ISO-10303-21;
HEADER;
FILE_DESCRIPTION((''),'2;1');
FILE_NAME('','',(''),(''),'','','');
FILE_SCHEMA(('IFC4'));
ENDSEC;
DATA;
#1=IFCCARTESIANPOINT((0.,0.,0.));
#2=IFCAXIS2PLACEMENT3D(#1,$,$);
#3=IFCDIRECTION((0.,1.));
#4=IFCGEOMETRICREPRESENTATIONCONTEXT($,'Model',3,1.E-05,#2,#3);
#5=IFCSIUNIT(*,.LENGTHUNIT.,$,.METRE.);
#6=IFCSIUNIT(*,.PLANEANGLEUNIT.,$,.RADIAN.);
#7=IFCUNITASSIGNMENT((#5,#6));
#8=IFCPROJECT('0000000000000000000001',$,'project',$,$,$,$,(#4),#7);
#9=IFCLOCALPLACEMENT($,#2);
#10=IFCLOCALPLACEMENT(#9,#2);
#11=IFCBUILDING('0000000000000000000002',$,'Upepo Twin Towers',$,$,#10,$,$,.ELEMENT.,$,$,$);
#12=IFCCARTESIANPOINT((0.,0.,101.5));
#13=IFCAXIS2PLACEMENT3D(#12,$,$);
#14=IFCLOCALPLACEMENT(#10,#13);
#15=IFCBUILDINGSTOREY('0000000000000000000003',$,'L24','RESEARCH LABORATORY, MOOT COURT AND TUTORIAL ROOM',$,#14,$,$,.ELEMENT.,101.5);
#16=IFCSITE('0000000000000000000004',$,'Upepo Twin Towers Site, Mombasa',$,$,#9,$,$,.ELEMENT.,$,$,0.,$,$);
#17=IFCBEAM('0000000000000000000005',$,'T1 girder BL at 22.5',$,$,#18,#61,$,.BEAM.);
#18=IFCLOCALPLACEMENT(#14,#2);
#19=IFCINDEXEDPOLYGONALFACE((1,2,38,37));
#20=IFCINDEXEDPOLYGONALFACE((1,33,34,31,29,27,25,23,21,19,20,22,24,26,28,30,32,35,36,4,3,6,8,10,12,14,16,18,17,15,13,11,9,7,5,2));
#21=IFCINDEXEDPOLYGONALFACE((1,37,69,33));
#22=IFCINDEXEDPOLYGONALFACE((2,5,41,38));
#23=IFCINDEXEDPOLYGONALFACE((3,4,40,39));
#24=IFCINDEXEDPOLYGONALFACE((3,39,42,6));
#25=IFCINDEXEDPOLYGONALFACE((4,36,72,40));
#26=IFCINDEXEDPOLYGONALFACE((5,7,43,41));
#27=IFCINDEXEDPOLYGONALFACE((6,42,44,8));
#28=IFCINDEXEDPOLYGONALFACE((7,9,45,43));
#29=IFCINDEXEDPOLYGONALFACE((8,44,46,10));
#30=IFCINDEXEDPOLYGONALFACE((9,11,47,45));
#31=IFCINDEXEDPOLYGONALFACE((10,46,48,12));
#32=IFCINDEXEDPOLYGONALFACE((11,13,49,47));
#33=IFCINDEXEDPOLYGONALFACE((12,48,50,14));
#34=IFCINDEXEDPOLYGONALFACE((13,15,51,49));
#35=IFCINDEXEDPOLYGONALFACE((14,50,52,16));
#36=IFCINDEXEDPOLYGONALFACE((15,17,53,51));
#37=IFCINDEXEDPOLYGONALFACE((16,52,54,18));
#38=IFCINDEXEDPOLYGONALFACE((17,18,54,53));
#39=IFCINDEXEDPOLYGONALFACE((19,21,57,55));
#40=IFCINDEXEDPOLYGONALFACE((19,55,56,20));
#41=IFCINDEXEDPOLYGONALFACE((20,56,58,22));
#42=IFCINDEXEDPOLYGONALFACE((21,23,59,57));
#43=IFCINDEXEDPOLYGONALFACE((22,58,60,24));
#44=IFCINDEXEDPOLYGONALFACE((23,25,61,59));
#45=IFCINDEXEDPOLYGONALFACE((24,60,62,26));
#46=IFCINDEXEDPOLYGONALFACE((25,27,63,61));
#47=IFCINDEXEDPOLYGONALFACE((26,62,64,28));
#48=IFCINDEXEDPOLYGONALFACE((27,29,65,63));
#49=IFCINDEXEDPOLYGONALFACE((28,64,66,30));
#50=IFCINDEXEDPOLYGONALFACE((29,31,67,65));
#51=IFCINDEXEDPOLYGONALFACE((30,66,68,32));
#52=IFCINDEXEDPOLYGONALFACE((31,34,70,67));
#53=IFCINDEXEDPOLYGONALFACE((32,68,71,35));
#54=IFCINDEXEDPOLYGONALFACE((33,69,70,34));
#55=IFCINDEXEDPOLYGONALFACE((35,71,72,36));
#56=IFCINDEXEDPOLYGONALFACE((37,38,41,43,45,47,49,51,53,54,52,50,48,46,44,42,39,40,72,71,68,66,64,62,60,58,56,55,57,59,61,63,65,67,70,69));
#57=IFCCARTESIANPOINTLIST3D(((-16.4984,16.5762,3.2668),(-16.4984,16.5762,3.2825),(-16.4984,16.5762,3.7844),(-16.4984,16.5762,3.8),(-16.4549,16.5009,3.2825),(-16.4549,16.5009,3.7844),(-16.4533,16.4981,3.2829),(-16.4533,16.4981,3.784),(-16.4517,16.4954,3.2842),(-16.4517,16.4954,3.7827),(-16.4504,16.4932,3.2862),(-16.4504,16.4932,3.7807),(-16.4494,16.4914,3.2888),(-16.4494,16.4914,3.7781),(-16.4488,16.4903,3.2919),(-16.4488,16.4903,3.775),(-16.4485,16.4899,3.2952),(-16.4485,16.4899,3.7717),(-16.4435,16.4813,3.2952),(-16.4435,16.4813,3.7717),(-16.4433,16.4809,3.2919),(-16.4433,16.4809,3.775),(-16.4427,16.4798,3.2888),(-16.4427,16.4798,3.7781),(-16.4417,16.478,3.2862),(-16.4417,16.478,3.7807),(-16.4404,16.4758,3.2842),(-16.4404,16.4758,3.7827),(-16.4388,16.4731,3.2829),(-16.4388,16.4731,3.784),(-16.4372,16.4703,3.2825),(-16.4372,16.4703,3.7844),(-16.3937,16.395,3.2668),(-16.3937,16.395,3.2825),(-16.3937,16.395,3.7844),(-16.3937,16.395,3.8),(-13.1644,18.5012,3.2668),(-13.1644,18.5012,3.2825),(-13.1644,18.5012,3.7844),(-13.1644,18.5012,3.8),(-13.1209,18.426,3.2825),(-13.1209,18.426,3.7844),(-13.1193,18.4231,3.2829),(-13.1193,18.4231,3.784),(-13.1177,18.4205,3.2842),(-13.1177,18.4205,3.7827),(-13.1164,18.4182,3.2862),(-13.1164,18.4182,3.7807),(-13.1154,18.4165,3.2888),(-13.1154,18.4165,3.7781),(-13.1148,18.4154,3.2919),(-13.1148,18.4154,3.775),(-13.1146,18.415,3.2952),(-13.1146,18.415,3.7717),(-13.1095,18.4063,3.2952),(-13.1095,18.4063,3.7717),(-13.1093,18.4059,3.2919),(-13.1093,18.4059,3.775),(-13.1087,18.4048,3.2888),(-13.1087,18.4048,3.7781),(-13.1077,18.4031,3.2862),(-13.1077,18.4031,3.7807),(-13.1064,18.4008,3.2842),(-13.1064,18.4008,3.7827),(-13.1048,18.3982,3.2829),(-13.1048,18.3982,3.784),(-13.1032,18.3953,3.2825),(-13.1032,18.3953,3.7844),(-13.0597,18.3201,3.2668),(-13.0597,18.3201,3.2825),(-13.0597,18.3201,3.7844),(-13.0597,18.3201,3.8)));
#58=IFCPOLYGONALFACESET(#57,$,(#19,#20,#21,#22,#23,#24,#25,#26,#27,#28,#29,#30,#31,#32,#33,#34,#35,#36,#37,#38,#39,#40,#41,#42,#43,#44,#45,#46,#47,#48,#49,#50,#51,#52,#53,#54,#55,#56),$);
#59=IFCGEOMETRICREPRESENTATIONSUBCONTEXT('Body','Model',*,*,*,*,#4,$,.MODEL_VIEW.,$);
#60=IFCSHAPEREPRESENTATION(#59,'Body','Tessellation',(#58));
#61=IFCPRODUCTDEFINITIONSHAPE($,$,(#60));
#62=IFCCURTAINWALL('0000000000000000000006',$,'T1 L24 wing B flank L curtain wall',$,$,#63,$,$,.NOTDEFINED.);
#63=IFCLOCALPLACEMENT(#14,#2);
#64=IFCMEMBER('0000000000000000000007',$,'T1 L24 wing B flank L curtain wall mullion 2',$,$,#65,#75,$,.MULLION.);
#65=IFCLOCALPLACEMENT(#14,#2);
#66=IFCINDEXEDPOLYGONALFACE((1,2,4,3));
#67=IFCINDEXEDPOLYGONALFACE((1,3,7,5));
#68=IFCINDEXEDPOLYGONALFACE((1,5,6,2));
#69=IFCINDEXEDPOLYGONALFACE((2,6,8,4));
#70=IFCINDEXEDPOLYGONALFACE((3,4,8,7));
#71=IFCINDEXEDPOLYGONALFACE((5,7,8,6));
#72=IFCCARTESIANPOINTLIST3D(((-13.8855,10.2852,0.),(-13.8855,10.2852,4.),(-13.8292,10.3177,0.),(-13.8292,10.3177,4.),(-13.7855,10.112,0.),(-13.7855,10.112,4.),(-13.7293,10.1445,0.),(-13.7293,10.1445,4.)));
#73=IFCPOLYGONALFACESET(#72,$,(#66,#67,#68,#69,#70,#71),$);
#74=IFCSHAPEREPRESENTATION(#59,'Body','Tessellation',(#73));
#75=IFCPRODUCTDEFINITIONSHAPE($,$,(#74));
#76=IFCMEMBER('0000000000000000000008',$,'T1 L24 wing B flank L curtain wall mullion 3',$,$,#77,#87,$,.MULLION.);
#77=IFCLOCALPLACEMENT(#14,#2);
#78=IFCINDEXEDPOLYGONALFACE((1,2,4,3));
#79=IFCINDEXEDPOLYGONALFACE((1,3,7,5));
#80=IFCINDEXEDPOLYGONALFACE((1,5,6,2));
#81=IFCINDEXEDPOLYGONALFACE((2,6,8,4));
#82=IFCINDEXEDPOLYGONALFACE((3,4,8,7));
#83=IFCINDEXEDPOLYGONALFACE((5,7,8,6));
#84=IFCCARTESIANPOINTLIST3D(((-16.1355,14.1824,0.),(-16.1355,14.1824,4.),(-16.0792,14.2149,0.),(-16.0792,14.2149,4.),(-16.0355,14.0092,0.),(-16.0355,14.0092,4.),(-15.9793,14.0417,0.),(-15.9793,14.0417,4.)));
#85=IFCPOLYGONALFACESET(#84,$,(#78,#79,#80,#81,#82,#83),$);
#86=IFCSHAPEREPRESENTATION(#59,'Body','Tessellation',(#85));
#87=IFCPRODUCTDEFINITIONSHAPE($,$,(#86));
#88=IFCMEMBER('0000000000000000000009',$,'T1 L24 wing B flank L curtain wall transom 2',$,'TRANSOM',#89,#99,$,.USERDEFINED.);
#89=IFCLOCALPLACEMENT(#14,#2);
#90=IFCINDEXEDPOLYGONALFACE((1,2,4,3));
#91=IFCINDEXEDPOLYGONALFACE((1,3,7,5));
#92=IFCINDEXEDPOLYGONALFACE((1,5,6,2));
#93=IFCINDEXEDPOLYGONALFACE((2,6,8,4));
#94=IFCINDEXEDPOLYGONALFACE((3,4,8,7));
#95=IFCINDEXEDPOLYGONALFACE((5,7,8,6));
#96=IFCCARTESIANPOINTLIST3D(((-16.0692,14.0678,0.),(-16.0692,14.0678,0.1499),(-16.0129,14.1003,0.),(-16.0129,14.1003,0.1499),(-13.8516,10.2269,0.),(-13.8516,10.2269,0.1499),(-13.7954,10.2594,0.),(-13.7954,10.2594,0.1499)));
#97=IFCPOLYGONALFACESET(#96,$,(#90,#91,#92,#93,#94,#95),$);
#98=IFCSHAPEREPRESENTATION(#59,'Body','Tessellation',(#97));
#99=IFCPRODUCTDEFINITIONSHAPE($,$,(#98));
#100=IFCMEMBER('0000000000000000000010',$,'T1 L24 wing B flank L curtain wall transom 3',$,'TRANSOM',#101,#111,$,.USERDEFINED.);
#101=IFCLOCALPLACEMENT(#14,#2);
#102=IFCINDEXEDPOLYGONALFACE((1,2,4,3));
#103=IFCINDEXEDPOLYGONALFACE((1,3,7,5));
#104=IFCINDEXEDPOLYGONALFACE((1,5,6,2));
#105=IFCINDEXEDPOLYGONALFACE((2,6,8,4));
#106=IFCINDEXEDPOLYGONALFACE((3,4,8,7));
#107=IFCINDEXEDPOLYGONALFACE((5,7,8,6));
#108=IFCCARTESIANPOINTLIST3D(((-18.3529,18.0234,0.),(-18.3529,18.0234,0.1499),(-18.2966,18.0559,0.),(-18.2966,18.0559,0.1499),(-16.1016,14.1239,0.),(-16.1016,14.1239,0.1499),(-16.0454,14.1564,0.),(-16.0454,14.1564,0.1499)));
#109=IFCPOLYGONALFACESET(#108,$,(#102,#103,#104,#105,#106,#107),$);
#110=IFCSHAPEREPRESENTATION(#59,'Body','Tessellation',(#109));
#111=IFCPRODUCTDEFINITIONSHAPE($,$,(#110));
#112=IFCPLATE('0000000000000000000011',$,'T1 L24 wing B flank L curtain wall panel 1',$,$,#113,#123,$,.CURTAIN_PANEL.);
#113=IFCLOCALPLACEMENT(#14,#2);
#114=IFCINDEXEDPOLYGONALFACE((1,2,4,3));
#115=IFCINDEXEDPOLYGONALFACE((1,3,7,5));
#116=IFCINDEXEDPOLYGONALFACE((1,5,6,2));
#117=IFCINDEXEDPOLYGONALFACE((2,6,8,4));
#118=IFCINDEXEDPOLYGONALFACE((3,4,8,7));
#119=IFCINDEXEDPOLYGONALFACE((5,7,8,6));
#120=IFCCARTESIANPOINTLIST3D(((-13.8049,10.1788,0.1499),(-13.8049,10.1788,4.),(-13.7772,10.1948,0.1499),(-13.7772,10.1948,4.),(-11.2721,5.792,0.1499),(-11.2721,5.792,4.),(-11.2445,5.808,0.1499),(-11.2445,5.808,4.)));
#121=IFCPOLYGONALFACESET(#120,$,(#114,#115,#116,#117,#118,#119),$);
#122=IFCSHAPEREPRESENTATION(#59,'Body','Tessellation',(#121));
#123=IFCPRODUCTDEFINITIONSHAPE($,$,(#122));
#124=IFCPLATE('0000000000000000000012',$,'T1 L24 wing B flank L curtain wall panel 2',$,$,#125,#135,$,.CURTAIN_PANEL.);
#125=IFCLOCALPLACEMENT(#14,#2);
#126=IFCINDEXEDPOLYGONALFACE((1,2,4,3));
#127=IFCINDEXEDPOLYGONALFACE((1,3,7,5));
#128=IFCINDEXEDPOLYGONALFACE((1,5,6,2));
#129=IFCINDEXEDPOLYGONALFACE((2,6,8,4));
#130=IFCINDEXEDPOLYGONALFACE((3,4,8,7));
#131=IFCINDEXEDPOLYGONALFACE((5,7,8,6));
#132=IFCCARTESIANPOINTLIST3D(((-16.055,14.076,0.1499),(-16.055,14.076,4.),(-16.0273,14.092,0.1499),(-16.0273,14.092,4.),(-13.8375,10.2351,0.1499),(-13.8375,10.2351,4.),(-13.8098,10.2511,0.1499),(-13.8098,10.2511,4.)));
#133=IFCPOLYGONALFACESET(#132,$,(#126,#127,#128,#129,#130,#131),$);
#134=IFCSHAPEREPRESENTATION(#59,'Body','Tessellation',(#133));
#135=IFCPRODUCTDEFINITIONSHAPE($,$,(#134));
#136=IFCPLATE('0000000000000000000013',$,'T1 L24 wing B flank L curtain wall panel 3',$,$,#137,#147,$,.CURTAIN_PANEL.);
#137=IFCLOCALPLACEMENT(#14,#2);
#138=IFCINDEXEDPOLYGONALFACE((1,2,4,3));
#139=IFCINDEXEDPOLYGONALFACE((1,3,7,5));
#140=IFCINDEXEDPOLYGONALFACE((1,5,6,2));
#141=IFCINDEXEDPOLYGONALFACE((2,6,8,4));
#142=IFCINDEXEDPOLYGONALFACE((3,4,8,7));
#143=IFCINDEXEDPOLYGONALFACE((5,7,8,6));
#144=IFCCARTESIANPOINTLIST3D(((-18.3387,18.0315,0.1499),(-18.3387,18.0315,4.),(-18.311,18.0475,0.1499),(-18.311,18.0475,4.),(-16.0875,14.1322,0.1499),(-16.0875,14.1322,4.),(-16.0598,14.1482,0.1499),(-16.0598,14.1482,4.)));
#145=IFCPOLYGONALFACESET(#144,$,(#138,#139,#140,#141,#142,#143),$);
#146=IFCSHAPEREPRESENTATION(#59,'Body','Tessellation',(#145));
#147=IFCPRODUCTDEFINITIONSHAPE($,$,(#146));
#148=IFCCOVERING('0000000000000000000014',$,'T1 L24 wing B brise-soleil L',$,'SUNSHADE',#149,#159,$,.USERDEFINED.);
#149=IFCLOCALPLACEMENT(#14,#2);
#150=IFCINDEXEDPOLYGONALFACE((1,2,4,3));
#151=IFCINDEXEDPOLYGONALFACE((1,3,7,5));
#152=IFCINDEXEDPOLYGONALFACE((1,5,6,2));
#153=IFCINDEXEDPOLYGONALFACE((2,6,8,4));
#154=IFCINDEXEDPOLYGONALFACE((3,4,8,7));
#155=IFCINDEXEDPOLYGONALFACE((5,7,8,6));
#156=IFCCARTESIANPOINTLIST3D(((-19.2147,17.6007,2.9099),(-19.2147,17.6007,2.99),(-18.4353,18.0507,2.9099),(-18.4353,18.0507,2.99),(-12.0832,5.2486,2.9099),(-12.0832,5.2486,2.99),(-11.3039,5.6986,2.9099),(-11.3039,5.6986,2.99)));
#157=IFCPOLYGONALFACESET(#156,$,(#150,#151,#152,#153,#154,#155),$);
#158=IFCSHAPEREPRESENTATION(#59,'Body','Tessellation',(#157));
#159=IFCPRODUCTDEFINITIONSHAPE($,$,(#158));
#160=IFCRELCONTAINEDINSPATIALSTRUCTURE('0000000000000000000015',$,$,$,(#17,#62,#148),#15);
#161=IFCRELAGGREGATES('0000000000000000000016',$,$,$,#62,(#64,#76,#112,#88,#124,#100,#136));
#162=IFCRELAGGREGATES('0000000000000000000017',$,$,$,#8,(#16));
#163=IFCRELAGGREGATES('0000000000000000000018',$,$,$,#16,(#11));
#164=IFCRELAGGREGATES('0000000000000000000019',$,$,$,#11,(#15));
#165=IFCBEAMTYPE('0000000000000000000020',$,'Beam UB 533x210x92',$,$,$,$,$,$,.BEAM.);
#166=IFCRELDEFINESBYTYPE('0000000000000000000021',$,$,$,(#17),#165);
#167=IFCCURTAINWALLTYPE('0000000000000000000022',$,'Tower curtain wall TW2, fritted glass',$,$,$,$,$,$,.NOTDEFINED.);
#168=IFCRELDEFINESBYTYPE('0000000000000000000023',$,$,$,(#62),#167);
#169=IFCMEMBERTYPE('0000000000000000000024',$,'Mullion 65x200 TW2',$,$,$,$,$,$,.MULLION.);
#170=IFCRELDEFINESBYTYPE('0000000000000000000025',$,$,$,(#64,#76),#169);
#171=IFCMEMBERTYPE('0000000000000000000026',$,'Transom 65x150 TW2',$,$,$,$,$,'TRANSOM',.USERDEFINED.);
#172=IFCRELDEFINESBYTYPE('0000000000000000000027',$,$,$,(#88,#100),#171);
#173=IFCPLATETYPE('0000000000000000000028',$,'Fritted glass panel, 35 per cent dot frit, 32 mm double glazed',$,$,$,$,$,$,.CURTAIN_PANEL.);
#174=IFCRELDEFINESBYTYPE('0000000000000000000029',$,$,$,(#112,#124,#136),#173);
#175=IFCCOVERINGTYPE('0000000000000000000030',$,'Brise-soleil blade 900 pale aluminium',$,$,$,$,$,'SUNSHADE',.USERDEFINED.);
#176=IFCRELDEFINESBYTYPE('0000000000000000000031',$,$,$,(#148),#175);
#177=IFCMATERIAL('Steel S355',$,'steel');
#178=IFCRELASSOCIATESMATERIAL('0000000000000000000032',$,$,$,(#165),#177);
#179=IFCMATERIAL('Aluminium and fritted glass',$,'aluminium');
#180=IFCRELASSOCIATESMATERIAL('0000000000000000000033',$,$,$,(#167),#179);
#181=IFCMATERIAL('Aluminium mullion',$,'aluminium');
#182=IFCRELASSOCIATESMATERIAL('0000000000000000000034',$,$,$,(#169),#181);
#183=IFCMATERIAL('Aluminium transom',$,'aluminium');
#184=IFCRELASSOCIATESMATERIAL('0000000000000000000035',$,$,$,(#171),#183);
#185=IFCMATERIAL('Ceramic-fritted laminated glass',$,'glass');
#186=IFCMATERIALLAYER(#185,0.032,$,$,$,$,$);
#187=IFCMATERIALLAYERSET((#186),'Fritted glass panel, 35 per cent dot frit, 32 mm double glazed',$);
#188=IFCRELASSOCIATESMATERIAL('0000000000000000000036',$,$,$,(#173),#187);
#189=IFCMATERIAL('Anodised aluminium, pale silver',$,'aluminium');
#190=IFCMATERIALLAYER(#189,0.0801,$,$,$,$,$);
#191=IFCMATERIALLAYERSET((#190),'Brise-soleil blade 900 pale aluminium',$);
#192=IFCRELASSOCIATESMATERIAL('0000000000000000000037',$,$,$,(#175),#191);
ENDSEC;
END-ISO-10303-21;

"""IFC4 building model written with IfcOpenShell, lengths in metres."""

from ifc_helpers import new_model, si_unit, direction, frame, origin, origin_2d, place, context, subcontext, project, spatial, rectangle, i_section, extrude, material, layer, layer_set, material_profile, profile_set, type_object, element, aggregate, save


model = new_model("IFC4")

# Units and contexts
model_context = context("Model", 3, precision=1e-05, world=origin(), true_north=direction((0.0, 1.0)))
body_context = subcontext(model_context, "Body", "Model", "MODEL_VIEW")
ifc_project = project(units=[si_unit("LENGTHUNIT", "METRE"), si_unit("PLANEANGLEUNIT", "RADIAN")], contexts=[model_context])

# Site, building, storey
site_placement = place(None, origin())
site = spatial("IfcSite", under=ifc_project, at=site_placement, Name="Upepo Twin Towers Site, Mombasa", CompositionType="ELEMENT", RefElevation=0.0)
building_placement = place(site_placement, origin())
building = spatial("IfcBuilding", under=site, at=building_placement, Name="Upepo Twin Towers", CompositionType="ELEMENT")
storey_placement = place(building_placement, frame((0.0, 0.0, 101.5)))
storey = spatial("IfcBuildingStorey", under=building, at=storey_placement, Name="L24", Description="RESEARCH LABORATORY, MOOT COURT AND TUTORIAL ROOM", CompositionType="ELEMENT", Elevation=101.5)

# Beam
ifc_material_1 = material(Name="Steel S355", Category="steel")
ifc_material_profile_1 = material_profile(ifc_material_1, i_section(OverallWidth=0.2092, OverallDepth=0.5332, WebThickness=0.01, FlangeThickness=0.0156, FilletRadius=0.0127, at=origin_2d()), Name="UB 533x210x92")
ifc_profile_set_1 = profile_set([ifc_material_profile_1], Name="Steel S355")
beam_type_1 = type_object("IfcBeamType", Name="Beam UB 533x210x92", PredefinedType="BEAM", material=ifc_profile_set_1)
for number, where, z_axis, x_axis, name in (
    (1, (-16.446, 16.4856, 3.5334), (0.866006, 0.500034, 0.0), (-0.500034, 0.866006, 0.0), "T1 girder BL at 22.5"),
):
    element("IfcBeam", number, at=place(storey_placement, frame(where, z_axis=z_axis, x_axis=x_axis)), inside=storey, type_object=beam_type_1, Name=name, PredefinedType="BEAM", context=body_context, shape_type="SweptSolid", body=[
        extrude(i_section(OverallWidth=0.2092, OverallDepth=0.5332, WebThickness=0.01, FlangeThickness=0.0156, FilletRadius=0.0127, at=origin_2d()), origin(), (0.0, 0.0, 1.0), 3.8499),
    ])

# Curtain wall, members, plates
ifc_material_2 = material(Name="Aluminium and fritted glass", Category="aluminium")
curtain_wall_type = type_object("IfcCurtainWallType", Name="Tower curtain wall TW2, fritted glass", PredefinedType="NOTDEFINED", material=ifc_material_2)
curtain_wall_placement = place(storey_placement, origin())
curtain_wall = element("IfcCurtainWall", 2, at=curtain_wall_placement, inside=storey, type_object=curtain_wall_type, Name="T1 L24 wing B flank L curtain wall", PredefinedType="NOTDEFINED")
ifc_material_3 = material(Name="Aluminium mullion", Category="aluminium")
ifc_material_profile_2 = material_profile(ifc_material_3, rectangle(XDim=0.0649, YDim=0.2, at=origin_2d()), Name="MULLION 65x200")
ifc_profile_set_2 = profile_set([ifc_material_profile_2], Name="Aluminium mullion")
member_type_1 = type_object("IfcMemberType", Name="Mullion 65x200 TW2", PredefinedType="MULLION", material=ifc_profile_set_2)
member_1_placement = place(storey_placement, frame((-13.8074, 10.2148, 0.0), z_axis=(0.0, 0.0, 1.0), x_axis=(-0.866025, -0.5, 0.0)))
member_1 = element("IfcMember", 3, at=member_1_placement, type_object=member_type_1, Name="T1 L24 wing B flank L curtain wall mullion 2", PredefinedType="MULLION", context=body_context, shape_type="SweptSolid", body=[
    extrude(rectangle(XDim=0.0649, YDim=0.2, at=origin_2d()), origin(), (0.0, 0.0, 1.0), 4.0),
])
member_2_placement = place(storey_placement, frame((-16.0574, 14.1121, 0.0), z_axis=(0.0, 0.0, 1.0), x_axis=(-0.866025, -0.5, 0.0)))
member_2 = element("IfcMember", 4, at=member_2_placement, type_object=member_type_1, Name="T1 L24 wing B flank L curtain wall mullion 3", PredefinedType="MULLION", context=body_context, shape_type="SweptSolid", body=[
    extrude(rectangle(XDim=0.0649, YDim=0.2, at=origin_2d()), origin(), (0.0, 0.0, 1.0), 4.0),
])
ifc_material_4 = material(Name="Aluminium transom", Category="aluminium")
ifc_material_profile_3 = material_profile(ifc_material_4, rectangle(XDim=0.0649, YDim=0.1499, at=origin_2d()), Name="TRANSOM 65x150")
ifc_profile_set_3 = profile_set([ifc_material_profile_3], Name="Aluminium transom")
member_type_2 = type_object("IfcMemberType", Name="Transom 65x150 TW2", ElementType="TRANSOM", PredefinedType="USERDEFINED", material=ifc_profile_set_3)
member_3_placement = place(storey_placement, frame((-13.8235, 10.2432, 0.075), z_axis=(-0.500005, 0.866022, 0.0), x_axis=(-0.866022, -0.500005, 0.0)))
member_3 = element("IfcMember", 5, at=member_3_placement, type_object=member_type_2, Name="T1 L24 wing B flank L curtain wall transom 2", ObjectType="TRANSOM", PredefinedType="USERDEFINED", context=body_context, shape_type="SweptSolid", body=[
    extrude(rectangle(XDim=0.0649, YDim=0.1499, at=origin_2d()), origin(), (0.0, 0.0, 1.0), 4.4351),
])
member_4_placement = place(storey_placement, frame((-16.0735, 14.1401, 0.075), z_axis=(-0.499982, 0.866036, 0.0), x_axis=(-0.866036, -0.499982, 0.0)))
member_4 = element("IfcMember", 6, at=member_4_placement, type_object=member_type_2, Name="T1 L24 wing B flank L curtain wall transom 3", ObjectType="TRANSOM", PredefinedType="USERDEFINED", context=body_context, shape_type="SweptSolid", body=[
    extrude(rectangle(XDim=0.0649, YDim=0.1499, at=origin_2d()), origin(), (0.0, 0.0, 1.0), 4.5027),
])
ifc_material_5 = material(Name="Ceramic-fritted laminated glass", Category="glass")
ifc_layer_1 = layer(ifc_material_5, 0.032)
ifc_layer_set_1 = layer_set([ifc_layer_1], Name="Fritted glass panel, 35 per cent dot frit, 32 mm double glazed")
plate_type = type_object("IfcPlateType", Name="Fritted glass panel, 35 per cent dot frit, 32 mm double glazed", PredefinedType="CURTAIN_PANEL", material=ifc_layer_set_1)
plate_1_placement = place(storey_placement, frame((-12.5247, 7.9934, 0.1499), z_axis=(0.0, 0.0, 1.0), x_axis=(-0.5, 0.866025, 0.0)))
plate_1 = element("IfcPlate", 7, at=plate_1_placement, type_object=plate_type, Name="T1 L24 wing B flank L curtain wall panel 1", PredefinedType="CURTAIN_PANEL", context=body_context, shape_type="SweptSolid", body=[
    extrude(rectangle(XDim=5.0654, YDim=0.032, at=origin_2d()), origin(), (0.0, 0.0, 1.0), 3.8501),
])
plate_2_placement = place(storey_placement, frame((-14.9324, 12.1636, 0.1499), z_axis=(0.0, 0.0, 1.0), x_axis=(-0.5, 0.866025, 0.0)))
plate_2 = element("IfcPlate", 8, at=plate_2_placement, type_object=plate_type, Name="T1 L24 wing B flank L curtain wall panel 2", PredefinedType="CURTAIN_PANEL", context=body_context, shape_type="SweptSolid", body=[
    extrude(rectangle(XDim=4.4351, YDim=0.032, at=origin_2d()), origin(), (0.0, 0.0, 1.0), 3.8501),
])
plate_3_placement = place(storey_placement, frame((-17.1992, 16.0898, 0.1499), z_axis=(0.0, 0.0, 1.0), x_axis=(-0.5, 0.866025, 0.0)))
plate_3 = element("IfcPlate", 9, at=plate_3_placement, type_object=plate_type, Name="T1 L24 wing B flank L curtain wall panel 3", PredefinedType="CURTAIN_PANEL", context=body_context, shape_type="SweptSolid", body=[
    extrude(rectangle(XDim=4.5024, YDim=0.032, at=origin_2d()), origin(), (0.0, 0.0, 1.0), 3.8501),
])
aggregate(curtain_wall, [member_1, member_2, plate_1, member_3, plate_2, member_4, plate_3])

# Covering
ifc_material_6 = material(Name="Anodised aluminium, pale silver", Category="aluminium")
ifc_layer_2 = layer(ifc_material_6, 0.0801)
ifc_layer_set_2 = layer_set([ifc_layer_2], Name="Brise-soleil blade 900 pale aluminium")
covering_type = type_object("IfcCoveringType", Name="Brise-soleil blade 900 pale aluminium", ElementType="SUNSHADE", PredefinedType="USERDEFINED", material=ifc_layer_set_2)
covering_placement = place(storey_placement, frame((-15.2593, 11.6497, 2.9099), z_axis=(0.0, 0.0, 1.0), x_axis=(-0.5, 0.866025, 0.0)))
element("IfcCovering", 10, at=covering_placement, inside=storey, type_object=covering_type, Name="T1 L24 wing B brise-soleil L", ObjectType="SUNSHADE", PredefinedType="USERDEFINED", context=body_context, shape_type="SweptSolid", body=[
    extrude(rectangle(XDim=14.2629, YDim=0.8999, at=origin_2d()), origin(), (0.0, 0.0, 1.0), 0.0801),
])

save(model, "model.ifc")
